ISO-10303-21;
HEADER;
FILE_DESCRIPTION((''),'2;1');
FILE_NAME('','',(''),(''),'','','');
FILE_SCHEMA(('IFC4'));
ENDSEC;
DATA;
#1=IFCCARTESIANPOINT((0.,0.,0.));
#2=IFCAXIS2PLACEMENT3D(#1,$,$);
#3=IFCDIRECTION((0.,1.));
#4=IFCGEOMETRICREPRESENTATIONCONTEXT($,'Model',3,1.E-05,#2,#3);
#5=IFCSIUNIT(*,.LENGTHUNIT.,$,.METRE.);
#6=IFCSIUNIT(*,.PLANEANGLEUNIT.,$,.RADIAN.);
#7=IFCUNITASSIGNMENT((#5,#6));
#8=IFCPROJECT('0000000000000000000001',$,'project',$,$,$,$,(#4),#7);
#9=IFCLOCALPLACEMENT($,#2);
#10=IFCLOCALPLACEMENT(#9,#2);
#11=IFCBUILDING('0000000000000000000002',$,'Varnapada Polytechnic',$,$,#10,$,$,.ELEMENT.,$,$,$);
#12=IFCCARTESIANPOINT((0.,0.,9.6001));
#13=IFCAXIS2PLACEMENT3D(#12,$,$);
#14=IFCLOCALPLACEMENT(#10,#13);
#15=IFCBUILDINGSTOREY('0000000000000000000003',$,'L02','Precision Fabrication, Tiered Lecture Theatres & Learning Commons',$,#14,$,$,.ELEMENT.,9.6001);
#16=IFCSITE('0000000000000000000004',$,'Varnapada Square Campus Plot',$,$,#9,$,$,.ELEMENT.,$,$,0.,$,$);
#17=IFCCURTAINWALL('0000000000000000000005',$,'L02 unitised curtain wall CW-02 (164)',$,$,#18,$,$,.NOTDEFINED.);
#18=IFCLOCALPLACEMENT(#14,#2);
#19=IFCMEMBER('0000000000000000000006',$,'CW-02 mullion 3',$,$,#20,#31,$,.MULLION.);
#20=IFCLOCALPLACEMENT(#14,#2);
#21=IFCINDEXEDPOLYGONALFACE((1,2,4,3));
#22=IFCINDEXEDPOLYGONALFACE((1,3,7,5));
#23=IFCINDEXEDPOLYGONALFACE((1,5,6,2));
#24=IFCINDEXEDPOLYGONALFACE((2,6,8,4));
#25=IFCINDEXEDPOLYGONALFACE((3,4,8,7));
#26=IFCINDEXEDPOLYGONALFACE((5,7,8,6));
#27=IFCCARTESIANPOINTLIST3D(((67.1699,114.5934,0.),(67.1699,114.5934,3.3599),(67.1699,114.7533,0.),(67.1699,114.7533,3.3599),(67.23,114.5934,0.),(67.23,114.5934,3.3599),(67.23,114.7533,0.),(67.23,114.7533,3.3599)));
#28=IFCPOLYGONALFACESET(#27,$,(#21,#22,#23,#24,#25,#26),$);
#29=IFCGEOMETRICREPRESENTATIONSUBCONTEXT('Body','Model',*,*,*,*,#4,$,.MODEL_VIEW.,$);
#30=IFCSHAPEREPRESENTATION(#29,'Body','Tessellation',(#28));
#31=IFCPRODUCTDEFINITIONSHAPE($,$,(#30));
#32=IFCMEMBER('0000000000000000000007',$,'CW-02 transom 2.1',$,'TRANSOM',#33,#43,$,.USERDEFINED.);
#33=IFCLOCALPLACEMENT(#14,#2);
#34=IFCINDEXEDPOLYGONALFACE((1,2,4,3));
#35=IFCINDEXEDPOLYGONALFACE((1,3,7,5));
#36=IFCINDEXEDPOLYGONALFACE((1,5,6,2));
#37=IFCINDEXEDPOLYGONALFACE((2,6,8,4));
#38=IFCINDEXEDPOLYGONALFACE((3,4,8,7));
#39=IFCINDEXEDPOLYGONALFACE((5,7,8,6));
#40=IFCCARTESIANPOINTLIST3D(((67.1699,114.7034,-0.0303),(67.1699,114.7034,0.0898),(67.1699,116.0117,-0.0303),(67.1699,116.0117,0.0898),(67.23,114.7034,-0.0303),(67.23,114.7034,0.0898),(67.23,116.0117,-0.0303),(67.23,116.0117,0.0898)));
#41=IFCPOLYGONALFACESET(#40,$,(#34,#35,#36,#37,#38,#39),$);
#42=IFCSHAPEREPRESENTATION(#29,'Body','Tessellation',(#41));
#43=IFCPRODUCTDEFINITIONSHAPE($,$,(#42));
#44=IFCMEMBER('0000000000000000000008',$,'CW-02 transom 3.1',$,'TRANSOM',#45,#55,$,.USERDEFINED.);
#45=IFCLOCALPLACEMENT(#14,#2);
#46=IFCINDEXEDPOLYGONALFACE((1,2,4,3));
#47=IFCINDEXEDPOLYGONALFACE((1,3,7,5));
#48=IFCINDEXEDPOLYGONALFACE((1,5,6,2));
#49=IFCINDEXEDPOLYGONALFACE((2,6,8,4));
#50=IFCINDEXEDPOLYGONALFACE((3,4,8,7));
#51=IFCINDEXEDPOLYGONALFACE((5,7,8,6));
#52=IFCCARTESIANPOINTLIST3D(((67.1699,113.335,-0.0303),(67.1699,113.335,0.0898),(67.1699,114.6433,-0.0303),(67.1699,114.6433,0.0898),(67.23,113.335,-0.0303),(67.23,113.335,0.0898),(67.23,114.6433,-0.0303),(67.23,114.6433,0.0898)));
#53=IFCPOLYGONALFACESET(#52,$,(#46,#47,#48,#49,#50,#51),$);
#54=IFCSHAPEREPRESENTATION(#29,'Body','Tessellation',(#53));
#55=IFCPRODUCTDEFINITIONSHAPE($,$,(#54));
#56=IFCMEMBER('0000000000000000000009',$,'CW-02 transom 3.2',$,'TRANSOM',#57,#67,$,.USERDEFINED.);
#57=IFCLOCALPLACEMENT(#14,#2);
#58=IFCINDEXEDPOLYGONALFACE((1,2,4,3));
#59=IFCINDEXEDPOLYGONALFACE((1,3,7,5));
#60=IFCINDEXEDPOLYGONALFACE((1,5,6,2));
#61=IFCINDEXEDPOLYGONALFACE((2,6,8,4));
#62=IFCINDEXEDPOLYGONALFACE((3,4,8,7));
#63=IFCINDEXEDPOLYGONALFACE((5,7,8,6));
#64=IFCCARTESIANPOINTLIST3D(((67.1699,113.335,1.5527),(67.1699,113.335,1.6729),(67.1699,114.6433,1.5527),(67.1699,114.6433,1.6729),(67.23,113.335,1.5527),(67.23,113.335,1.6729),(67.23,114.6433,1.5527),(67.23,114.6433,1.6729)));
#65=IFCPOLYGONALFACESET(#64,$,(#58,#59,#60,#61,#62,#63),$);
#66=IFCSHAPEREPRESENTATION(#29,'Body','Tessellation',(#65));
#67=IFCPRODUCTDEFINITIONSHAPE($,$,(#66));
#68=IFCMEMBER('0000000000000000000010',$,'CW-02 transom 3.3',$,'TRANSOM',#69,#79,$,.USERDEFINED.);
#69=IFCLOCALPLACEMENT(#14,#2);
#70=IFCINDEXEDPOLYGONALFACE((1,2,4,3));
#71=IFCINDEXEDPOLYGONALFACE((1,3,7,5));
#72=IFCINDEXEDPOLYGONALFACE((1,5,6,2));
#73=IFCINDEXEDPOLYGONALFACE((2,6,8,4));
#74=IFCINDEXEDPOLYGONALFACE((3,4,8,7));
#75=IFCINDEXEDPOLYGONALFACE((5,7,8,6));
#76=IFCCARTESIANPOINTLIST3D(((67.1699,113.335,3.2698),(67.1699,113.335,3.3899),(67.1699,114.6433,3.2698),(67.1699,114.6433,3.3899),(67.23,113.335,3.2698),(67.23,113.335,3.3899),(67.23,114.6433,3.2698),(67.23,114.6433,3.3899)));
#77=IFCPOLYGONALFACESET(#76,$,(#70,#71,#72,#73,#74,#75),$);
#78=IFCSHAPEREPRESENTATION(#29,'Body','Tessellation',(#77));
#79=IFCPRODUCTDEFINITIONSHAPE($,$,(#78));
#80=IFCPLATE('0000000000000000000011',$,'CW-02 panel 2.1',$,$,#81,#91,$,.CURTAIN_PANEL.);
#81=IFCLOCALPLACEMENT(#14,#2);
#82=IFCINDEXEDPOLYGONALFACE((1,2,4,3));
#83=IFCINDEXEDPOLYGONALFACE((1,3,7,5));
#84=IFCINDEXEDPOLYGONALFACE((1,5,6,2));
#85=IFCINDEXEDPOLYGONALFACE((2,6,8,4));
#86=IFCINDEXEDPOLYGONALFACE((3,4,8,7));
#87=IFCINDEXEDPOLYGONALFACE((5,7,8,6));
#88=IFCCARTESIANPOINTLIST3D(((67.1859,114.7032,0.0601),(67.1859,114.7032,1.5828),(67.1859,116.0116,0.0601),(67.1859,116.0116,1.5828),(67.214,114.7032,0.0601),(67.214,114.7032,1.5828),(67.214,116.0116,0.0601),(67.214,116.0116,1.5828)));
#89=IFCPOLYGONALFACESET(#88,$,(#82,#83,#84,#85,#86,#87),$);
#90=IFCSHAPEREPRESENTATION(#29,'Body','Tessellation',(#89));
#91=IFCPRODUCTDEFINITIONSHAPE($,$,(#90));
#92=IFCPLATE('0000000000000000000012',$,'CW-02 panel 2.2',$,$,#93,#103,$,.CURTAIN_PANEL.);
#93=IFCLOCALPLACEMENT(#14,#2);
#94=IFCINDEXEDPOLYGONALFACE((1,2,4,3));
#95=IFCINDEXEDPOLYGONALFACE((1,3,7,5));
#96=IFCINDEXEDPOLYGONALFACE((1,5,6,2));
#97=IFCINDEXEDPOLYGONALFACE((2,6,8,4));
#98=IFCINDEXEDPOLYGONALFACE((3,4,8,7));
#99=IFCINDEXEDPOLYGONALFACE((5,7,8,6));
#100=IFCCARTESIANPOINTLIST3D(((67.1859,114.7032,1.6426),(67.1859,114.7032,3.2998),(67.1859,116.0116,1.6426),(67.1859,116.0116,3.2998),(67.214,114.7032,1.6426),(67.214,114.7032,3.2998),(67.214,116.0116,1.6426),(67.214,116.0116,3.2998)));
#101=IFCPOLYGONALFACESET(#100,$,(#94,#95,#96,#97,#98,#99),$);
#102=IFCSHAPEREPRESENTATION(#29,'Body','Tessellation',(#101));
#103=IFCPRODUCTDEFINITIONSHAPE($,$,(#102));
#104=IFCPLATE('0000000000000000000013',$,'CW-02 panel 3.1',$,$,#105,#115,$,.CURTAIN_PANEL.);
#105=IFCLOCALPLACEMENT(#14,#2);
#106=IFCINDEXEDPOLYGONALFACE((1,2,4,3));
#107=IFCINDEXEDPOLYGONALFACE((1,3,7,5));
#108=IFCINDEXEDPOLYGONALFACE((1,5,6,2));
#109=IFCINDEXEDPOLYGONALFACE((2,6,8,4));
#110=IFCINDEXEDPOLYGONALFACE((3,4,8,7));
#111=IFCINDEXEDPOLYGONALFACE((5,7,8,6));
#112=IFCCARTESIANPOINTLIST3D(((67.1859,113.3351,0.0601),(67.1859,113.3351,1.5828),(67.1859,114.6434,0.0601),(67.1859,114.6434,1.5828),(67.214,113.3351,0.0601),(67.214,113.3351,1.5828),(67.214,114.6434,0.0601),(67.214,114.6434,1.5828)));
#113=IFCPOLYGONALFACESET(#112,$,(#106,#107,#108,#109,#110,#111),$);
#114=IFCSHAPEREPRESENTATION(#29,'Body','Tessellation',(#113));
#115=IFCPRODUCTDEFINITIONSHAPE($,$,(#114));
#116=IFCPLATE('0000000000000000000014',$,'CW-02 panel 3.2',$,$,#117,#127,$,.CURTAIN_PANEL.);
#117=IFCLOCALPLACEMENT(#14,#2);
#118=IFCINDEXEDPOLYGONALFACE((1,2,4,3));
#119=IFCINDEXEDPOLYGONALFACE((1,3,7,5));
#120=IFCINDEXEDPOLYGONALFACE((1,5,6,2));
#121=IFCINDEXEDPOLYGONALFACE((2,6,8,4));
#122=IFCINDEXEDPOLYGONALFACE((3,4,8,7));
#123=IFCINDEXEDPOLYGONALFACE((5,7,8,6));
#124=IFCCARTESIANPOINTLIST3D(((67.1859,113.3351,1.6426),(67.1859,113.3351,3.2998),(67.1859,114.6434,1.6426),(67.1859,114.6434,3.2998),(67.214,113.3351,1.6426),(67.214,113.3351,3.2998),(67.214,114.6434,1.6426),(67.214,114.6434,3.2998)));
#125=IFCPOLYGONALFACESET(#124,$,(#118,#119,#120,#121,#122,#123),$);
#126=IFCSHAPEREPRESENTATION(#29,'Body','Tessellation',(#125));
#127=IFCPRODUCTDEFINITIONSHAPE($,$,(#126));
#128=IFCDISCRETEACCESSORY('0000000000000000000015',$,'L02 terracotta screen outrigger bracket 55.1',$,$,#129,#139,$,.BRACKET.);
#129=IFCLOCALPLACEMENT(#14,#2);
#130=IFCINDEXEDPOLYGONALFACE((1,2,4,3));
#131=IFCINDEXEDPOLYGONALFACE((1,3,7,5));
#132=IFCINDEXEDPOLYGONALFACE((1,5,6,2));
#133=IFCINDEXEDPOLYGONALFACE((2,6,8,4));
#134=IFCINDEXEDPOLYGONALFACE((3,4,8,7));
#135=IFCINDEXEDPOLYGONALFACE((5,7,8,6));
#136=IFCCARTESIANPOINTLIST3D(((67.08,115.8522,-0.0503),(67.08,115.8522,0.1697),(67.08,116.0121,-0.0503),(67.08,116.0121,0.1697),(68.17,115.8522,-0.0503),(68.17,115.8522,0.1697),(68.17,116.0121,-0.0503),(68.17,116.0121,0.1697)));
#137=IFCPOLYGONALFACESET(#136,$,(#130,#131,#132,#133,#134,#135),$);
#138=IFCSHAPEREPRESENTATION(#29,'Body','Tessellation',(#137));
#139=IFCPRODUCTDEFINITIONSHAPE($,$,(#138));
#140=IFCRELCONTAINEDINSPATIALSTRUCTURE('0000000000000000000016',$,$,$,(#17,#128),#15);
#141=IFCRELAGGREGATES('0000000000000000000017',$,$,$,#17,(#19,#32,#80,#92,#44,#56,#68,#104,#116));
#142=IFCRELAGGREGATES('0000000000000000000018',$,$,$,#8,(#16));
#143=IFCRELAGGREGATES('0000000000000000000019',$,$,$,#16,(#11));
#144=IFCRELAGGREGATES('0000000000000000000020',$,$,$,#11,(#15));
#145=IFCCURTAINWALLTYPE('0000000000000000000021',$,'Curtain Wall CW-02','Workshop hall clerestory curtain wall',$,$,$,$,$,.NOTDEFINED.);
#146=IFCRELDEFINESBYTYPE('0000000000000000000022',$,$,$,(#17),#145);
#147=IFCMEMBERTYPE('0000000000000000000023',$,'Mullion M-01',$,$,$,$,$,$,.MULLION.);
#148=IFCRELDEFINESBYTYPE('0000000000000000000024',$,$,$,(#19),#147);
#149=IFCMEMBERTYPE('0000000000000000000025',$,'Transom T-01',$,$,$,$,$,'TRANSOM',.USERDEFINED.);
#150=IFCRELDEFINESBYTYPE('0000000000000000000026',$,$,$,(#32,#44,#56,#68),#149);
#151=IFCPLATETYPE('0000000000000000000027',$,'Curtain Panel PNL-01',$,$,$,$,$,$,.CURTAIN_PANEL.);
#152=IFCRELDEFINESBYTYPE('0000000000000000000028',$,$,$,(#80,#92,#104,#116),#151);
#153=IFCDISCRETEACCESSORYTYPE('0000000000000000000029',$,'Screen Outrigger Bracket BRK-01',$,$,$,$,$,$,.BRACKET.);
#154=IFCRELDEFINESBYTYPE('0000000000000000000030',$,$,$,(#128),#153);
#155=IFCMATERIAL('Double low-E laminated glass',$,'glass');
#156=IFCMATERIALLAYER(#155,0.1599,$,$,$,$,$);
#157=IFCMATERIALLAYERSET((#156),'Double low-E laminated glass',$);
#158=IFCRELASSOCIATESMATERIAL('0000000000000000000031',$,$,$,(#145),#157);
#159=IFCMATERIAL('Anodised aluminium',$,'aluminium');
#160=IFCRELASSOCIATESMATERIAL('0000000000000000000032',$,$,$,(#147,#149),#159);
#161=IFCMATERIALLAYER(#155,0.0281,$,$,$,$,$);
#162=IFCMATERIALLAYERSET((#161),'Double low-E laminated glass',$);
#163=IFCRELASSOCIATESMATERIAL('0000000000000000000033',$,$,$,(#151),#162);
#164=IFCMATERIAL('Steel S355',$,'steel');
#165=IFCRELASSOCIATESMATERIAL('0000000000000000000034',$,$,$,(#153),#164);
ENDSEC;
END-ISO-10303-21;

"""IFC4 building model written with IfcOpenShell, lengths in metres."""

from ifc_helpers import new_model, si_unit, direction, frame, origin, origin_2d, place, context, subcontext, project, spatial, rectangle, extrude, material, layer, layer_set, material_profile, profile_set, type_object, element, aggregate, save


model = new_model("IFC4")

# Units and contexts
model_context = context("Model", 3, precision=1e-05, world=origin(), true_north=direction((0.0, 1.0)))
body_context = subcontext(model_context, "Body", "Model", "MODEL_VIEW")
ifc_project = project(units=[si_unit("LENGTHUNIT", "METRE"), si_unit("PLANEANGLEUNIT", "RADIAN")], contexts=[model_context])

# Site, building, storey
site_placement = place(None, origin())
site = spatial("IfcSite", under=ifc_project, at=site_placement, Name="Varnapada Square Campus Plot", CompositionType="ELEMENT", RefElevation=0.0)
building_placement = place(site_placement, origin())
building = spatial("IfcBuilding", under=site, at=building_placement, Name="Varnapada Polytechnic", CompositionType="ELEMENT")
storey_placement = place(building_placement, frame((0.0, 0.0, 9.6001)))
storey = spatial("IfcBuildingStorey", under=building, at=storey_placement, Name="L02", Description="Precision Fabrication, Tiered Lecture Theatres & Learning Commons", CompositionType="ELEMENT", Elevation=9.6001)

# Curtain wall, members, plates
ifc_material_1 = material(Name="Double low-E laminated glass", Category="glass")
ifc_layer_1 = layer(ifc_material_1, 0.1599)
ifc_layer_set_1 = layer_set([ifc_layer_1], Name="Double low-E laminated glass")
curtain_wall_type = type_object("IfcCurtainWallType", Name="Curtain Wall CW-02", Description="Workshop hall clerestory curtain wall", PredefinedType="NOTDEFINED", material=ifc_layer_set_1)
curtain_wall_placement = place(storey_placement, origin())
curtain_wall = element("IfcCurtainWall", 1, at=curtain_wall_placement, inside=storey, type_object=curtain_wall_type, Name="L02 unitised curtain wall CW-02 (164)", PredefinedType="NOTDEFINED")
ifc_material_2 = material(Name="Anodised aluminium", Category="aluminium")
ifc_material_profile_1 = material_profile(ifc_material_2, rectangle(XDim=0.0601, YDim=0.1599, at=origin_2d()), Name="ALU M60x160")
ifc_profile_set_1 = profile_set([ifc_material_profile_1], Name="Anodised aluminium")
member_type_1 = type_object("IfcMemberType", Name="Mullion M-01", PredefinedType="MULLION", material=ifc_profile_set_1)
member_1_placement = place(storey_placement, frame((67.2, 114.6733, 0.0), z_axis=(0.0, 0.0, 1.0), x_axis=(1.0, 0.0, 0.0)))
member_1 = element("IfcMember", 2, at=member_1_placement, type_object=member_type_1, Name="CW-02 mullion 3", PredefinedType="MULLION", context=body_context, shape_type="SweptSolid", body=[
    extrude(rectangle(XDim=0.0601, YDim=0.1599, at=origin_2d()), origin(), (0.0, 0.0, 1.0), 3.3599),
])
ifc_material_profile_2 = material_profile(ifc_material_2, rectangle(XDim=0.0601, YDim=0.1201, at=origin_2d()), Name="ALU T60x120")
ifc_profile_set_2 = profile_set([ifc_material_profile_2], Name="Anodised aluminium")
member_type_2 = type_object("IfcMemberType", Name="Transom T-01", ElementType="TRANSOM", PredefinedType="USERDEFINED", material=ifc_profile_set_2)
member_2_placement = place(storey_placement, frame((67.2, 116.0117, 0.0298), z_axis=(0.0, -1.0, 0.0), x_axis=(1.0, 0.0, 0.0)))
member_2 = element("IfcMember", 3, at=member_2_placement, type_object=member_type_2, Name="CW-02 transom 2.1", ObjectType="TRANSOM", PredefinedType="USERDEFINED", context=body_context, shape_type="SweptSolid", body=[
    extrude(rectangle(XDim=0.0601, YDim=0.1201, at=origin_2d()), origin(), (0.0, 0.0, 1.0), 1.3083),
])
member_3_placement = place(storey_placement, frame((67.2, 114.6433, 0.0298), z_axis=(0.0, -1.0, 0.0), x_axis=(1.0, 0.0, 0.0)))
member_3 = element("IfcMember", 4, at=member_3_placement, type_object=member_type_2, Name="CW-02 transom 3.1", ObjectType="TRANSOM", PredefinedType="USERDEFINED", context=body_context, shape_type="SweptSolid", body=[
    extrude(rectangle(XDim=0.0601, YDim=0.1201, at=origin_2d()), origin(), (0.0, 0.0, 1.0), 1.3083),
])
member_4_placement = place(storey_placement, frame((67.2, 114.6433, 1.6128), z_axis=(0.0, -1.0, 0.0), x_axis=(1.0, 0.0, 0.0)))
member_4 = element("IfcMember", 5, at=member_4_placement, type_object=member_type_2, Name="CW-02 transom 3.2", ObjectType="TRANSOM", PredefinedType="USERDEFINED", context=body_context, shape_type="SweptSolid", body=[
    extrude(rectangle(XDim=0.0601, YDim=0.1201, at=origin_2d()), origin(), (0.0, 0.0, 1.0), 1.3083),
])
member_5_placement = place(storey_placement, frame((67.2, 114.6433, 3.3298), z_axis=(0.0, -1.0, 0.0), x_axis=(1.0, 0.0, 0.0)))
member_5 = element("IfcMember", 6, at=member_5_placement, type_object=member_type_2, Name="CW-02 transom 3.3", ObjectType="TRANSOM", PredefinedType="USERDEFINED", context=body_context, shape_type="SweptSolid", body=[
    extrude(rectangle(XDim=0.0601, YDim=0.1201, at=origin_2d()), origin(), (0.0, 0.0, 1.0), 1.3083),
])
ifc_layer_2 = layer(ifc_material_1, 0.0281)
ifc_layer_set_2 = layer_set([ifc_layer_2], Name="Double low-E laminated glass")
plate_type = type_object("IfcPlateType", Name="Curtain Panel PNL-01", PredefinedType="CURTAIN_PANEL", material=ifc_layer_set_2)
plate_1_placement = place(storey_placement, frame((67.2, 115.3574, 0.0601), z_axis=(0.0, 0.0, 1.0), x_axis=(0.0, -1.0, 0.0)))
plate_1 = element("IfcPlate", 7, at=plate_1_placement, type_object=plate_type, Name="CW-02 panel 2.1", PredefinedType="CURTAIN_PANEL", context=body_context, shape_type="SweptSolid", body=[
    extrude(rectangle(XDim=1.3083, YDim=0.0281, at=origin_2d()), origin(), (0.0, 0.0, 1.0), 1.5227),
])
plate_2_placement = place(storey_placement, frame((67.2, 115.3574, 1.6426), z_axis=(0.0, 0.0, 1.0), x_axis=(0.0, -1.0, 0.0)))
plate_2 = element("IfcPlate", 8, at=plate_2_placement, type_object=plate_type, Name="CW-02 panel 2.2", PredefinedType="CURTAIN_PANEL", context=body_context, shape_type="SweptSolid", body=[
    extrude(rectangle(XDim=1.3083, YDim=0.0281, at=origin_2d()), origin(), (0.0, 0.0, 1.0), 1.6572),
])
plate_3_placement = place(storey_placement, frame((67.2, 113.9893, 0.0601), z_axis=(0.0, 0.0, 1.0), x_axis=(0.0, -1.0, 0.0)))
plate_3 = element("IfcPlate", 9, at=plate_3_placement, type_object=plate_type, Name="CW-02 panel 3.1", PredefinedType="CURTAIN_PANEL", context=body_context, shape_type="SweptSolid", body=[
    extrude(rectangle(XDim=1.3083, YDim=0.0281, at=origin_2d()), origin(), (0.0, 0.0, 1.0), 1.5227),
])
plate_4_placement = place(storey_placement, frame((67.2, 113.9893, 1.6426), z_axis=(0.0, 0.0, 1.0), x_axis=(0.0, -1.0, 0.0)))
plate_4 = element("IfcPlate", 10, at=plate_4_placement, type_object=plate_type, Name="CW-02 panel 3.2", PredefinedType="CURTAIN_PANEL", context=body_context, shape_type="SweptSolid", body=[
    extrude(rectangle(XDim=1.3083, YDim=0.0281, at=origin_2d()), origin(), (0.0, 0.0, 1.0), 1.6572),
])
aggregate(curtain_wall, [member_1, member_2, plate_1, plate_2, member_3, member_4, member_5, plate_3, plate_4])

# Discrete accessory
ifc_material_3 = material(Name="Steel S355", Category="steel")
discrete_accessory_type = type_object("IfcDiscreteAccessoryType", Name="Screen Outrigger Bracket BRK-01", PredefinedType="BRACKET", material=ifc_material_3)
discrete_accessory_placement = place(storey_placement, frame((67.625, 115.9321, -0.0503), z_axis=(0.0, 0.0, 1.0), x_axis=(0.0, -1.0, 0.0)))
element("IfcDiscreteAccessory", 11, at=discrete_accessory_placement, inside=storey, type_object=discrete_accessory_type, Name="L02 terracotta screen outrigger bracket 55.1", PredefinedType="BRACKET", context=body_context, shape_type="SweptSolid", body=[
    extrude(rectangle(XDim=0.1599, YDim=1.0901, at=origin_2d()), origin(), (0.0, 0.0, 1.0), 0.22),
])

save(model, "model.ifc")
